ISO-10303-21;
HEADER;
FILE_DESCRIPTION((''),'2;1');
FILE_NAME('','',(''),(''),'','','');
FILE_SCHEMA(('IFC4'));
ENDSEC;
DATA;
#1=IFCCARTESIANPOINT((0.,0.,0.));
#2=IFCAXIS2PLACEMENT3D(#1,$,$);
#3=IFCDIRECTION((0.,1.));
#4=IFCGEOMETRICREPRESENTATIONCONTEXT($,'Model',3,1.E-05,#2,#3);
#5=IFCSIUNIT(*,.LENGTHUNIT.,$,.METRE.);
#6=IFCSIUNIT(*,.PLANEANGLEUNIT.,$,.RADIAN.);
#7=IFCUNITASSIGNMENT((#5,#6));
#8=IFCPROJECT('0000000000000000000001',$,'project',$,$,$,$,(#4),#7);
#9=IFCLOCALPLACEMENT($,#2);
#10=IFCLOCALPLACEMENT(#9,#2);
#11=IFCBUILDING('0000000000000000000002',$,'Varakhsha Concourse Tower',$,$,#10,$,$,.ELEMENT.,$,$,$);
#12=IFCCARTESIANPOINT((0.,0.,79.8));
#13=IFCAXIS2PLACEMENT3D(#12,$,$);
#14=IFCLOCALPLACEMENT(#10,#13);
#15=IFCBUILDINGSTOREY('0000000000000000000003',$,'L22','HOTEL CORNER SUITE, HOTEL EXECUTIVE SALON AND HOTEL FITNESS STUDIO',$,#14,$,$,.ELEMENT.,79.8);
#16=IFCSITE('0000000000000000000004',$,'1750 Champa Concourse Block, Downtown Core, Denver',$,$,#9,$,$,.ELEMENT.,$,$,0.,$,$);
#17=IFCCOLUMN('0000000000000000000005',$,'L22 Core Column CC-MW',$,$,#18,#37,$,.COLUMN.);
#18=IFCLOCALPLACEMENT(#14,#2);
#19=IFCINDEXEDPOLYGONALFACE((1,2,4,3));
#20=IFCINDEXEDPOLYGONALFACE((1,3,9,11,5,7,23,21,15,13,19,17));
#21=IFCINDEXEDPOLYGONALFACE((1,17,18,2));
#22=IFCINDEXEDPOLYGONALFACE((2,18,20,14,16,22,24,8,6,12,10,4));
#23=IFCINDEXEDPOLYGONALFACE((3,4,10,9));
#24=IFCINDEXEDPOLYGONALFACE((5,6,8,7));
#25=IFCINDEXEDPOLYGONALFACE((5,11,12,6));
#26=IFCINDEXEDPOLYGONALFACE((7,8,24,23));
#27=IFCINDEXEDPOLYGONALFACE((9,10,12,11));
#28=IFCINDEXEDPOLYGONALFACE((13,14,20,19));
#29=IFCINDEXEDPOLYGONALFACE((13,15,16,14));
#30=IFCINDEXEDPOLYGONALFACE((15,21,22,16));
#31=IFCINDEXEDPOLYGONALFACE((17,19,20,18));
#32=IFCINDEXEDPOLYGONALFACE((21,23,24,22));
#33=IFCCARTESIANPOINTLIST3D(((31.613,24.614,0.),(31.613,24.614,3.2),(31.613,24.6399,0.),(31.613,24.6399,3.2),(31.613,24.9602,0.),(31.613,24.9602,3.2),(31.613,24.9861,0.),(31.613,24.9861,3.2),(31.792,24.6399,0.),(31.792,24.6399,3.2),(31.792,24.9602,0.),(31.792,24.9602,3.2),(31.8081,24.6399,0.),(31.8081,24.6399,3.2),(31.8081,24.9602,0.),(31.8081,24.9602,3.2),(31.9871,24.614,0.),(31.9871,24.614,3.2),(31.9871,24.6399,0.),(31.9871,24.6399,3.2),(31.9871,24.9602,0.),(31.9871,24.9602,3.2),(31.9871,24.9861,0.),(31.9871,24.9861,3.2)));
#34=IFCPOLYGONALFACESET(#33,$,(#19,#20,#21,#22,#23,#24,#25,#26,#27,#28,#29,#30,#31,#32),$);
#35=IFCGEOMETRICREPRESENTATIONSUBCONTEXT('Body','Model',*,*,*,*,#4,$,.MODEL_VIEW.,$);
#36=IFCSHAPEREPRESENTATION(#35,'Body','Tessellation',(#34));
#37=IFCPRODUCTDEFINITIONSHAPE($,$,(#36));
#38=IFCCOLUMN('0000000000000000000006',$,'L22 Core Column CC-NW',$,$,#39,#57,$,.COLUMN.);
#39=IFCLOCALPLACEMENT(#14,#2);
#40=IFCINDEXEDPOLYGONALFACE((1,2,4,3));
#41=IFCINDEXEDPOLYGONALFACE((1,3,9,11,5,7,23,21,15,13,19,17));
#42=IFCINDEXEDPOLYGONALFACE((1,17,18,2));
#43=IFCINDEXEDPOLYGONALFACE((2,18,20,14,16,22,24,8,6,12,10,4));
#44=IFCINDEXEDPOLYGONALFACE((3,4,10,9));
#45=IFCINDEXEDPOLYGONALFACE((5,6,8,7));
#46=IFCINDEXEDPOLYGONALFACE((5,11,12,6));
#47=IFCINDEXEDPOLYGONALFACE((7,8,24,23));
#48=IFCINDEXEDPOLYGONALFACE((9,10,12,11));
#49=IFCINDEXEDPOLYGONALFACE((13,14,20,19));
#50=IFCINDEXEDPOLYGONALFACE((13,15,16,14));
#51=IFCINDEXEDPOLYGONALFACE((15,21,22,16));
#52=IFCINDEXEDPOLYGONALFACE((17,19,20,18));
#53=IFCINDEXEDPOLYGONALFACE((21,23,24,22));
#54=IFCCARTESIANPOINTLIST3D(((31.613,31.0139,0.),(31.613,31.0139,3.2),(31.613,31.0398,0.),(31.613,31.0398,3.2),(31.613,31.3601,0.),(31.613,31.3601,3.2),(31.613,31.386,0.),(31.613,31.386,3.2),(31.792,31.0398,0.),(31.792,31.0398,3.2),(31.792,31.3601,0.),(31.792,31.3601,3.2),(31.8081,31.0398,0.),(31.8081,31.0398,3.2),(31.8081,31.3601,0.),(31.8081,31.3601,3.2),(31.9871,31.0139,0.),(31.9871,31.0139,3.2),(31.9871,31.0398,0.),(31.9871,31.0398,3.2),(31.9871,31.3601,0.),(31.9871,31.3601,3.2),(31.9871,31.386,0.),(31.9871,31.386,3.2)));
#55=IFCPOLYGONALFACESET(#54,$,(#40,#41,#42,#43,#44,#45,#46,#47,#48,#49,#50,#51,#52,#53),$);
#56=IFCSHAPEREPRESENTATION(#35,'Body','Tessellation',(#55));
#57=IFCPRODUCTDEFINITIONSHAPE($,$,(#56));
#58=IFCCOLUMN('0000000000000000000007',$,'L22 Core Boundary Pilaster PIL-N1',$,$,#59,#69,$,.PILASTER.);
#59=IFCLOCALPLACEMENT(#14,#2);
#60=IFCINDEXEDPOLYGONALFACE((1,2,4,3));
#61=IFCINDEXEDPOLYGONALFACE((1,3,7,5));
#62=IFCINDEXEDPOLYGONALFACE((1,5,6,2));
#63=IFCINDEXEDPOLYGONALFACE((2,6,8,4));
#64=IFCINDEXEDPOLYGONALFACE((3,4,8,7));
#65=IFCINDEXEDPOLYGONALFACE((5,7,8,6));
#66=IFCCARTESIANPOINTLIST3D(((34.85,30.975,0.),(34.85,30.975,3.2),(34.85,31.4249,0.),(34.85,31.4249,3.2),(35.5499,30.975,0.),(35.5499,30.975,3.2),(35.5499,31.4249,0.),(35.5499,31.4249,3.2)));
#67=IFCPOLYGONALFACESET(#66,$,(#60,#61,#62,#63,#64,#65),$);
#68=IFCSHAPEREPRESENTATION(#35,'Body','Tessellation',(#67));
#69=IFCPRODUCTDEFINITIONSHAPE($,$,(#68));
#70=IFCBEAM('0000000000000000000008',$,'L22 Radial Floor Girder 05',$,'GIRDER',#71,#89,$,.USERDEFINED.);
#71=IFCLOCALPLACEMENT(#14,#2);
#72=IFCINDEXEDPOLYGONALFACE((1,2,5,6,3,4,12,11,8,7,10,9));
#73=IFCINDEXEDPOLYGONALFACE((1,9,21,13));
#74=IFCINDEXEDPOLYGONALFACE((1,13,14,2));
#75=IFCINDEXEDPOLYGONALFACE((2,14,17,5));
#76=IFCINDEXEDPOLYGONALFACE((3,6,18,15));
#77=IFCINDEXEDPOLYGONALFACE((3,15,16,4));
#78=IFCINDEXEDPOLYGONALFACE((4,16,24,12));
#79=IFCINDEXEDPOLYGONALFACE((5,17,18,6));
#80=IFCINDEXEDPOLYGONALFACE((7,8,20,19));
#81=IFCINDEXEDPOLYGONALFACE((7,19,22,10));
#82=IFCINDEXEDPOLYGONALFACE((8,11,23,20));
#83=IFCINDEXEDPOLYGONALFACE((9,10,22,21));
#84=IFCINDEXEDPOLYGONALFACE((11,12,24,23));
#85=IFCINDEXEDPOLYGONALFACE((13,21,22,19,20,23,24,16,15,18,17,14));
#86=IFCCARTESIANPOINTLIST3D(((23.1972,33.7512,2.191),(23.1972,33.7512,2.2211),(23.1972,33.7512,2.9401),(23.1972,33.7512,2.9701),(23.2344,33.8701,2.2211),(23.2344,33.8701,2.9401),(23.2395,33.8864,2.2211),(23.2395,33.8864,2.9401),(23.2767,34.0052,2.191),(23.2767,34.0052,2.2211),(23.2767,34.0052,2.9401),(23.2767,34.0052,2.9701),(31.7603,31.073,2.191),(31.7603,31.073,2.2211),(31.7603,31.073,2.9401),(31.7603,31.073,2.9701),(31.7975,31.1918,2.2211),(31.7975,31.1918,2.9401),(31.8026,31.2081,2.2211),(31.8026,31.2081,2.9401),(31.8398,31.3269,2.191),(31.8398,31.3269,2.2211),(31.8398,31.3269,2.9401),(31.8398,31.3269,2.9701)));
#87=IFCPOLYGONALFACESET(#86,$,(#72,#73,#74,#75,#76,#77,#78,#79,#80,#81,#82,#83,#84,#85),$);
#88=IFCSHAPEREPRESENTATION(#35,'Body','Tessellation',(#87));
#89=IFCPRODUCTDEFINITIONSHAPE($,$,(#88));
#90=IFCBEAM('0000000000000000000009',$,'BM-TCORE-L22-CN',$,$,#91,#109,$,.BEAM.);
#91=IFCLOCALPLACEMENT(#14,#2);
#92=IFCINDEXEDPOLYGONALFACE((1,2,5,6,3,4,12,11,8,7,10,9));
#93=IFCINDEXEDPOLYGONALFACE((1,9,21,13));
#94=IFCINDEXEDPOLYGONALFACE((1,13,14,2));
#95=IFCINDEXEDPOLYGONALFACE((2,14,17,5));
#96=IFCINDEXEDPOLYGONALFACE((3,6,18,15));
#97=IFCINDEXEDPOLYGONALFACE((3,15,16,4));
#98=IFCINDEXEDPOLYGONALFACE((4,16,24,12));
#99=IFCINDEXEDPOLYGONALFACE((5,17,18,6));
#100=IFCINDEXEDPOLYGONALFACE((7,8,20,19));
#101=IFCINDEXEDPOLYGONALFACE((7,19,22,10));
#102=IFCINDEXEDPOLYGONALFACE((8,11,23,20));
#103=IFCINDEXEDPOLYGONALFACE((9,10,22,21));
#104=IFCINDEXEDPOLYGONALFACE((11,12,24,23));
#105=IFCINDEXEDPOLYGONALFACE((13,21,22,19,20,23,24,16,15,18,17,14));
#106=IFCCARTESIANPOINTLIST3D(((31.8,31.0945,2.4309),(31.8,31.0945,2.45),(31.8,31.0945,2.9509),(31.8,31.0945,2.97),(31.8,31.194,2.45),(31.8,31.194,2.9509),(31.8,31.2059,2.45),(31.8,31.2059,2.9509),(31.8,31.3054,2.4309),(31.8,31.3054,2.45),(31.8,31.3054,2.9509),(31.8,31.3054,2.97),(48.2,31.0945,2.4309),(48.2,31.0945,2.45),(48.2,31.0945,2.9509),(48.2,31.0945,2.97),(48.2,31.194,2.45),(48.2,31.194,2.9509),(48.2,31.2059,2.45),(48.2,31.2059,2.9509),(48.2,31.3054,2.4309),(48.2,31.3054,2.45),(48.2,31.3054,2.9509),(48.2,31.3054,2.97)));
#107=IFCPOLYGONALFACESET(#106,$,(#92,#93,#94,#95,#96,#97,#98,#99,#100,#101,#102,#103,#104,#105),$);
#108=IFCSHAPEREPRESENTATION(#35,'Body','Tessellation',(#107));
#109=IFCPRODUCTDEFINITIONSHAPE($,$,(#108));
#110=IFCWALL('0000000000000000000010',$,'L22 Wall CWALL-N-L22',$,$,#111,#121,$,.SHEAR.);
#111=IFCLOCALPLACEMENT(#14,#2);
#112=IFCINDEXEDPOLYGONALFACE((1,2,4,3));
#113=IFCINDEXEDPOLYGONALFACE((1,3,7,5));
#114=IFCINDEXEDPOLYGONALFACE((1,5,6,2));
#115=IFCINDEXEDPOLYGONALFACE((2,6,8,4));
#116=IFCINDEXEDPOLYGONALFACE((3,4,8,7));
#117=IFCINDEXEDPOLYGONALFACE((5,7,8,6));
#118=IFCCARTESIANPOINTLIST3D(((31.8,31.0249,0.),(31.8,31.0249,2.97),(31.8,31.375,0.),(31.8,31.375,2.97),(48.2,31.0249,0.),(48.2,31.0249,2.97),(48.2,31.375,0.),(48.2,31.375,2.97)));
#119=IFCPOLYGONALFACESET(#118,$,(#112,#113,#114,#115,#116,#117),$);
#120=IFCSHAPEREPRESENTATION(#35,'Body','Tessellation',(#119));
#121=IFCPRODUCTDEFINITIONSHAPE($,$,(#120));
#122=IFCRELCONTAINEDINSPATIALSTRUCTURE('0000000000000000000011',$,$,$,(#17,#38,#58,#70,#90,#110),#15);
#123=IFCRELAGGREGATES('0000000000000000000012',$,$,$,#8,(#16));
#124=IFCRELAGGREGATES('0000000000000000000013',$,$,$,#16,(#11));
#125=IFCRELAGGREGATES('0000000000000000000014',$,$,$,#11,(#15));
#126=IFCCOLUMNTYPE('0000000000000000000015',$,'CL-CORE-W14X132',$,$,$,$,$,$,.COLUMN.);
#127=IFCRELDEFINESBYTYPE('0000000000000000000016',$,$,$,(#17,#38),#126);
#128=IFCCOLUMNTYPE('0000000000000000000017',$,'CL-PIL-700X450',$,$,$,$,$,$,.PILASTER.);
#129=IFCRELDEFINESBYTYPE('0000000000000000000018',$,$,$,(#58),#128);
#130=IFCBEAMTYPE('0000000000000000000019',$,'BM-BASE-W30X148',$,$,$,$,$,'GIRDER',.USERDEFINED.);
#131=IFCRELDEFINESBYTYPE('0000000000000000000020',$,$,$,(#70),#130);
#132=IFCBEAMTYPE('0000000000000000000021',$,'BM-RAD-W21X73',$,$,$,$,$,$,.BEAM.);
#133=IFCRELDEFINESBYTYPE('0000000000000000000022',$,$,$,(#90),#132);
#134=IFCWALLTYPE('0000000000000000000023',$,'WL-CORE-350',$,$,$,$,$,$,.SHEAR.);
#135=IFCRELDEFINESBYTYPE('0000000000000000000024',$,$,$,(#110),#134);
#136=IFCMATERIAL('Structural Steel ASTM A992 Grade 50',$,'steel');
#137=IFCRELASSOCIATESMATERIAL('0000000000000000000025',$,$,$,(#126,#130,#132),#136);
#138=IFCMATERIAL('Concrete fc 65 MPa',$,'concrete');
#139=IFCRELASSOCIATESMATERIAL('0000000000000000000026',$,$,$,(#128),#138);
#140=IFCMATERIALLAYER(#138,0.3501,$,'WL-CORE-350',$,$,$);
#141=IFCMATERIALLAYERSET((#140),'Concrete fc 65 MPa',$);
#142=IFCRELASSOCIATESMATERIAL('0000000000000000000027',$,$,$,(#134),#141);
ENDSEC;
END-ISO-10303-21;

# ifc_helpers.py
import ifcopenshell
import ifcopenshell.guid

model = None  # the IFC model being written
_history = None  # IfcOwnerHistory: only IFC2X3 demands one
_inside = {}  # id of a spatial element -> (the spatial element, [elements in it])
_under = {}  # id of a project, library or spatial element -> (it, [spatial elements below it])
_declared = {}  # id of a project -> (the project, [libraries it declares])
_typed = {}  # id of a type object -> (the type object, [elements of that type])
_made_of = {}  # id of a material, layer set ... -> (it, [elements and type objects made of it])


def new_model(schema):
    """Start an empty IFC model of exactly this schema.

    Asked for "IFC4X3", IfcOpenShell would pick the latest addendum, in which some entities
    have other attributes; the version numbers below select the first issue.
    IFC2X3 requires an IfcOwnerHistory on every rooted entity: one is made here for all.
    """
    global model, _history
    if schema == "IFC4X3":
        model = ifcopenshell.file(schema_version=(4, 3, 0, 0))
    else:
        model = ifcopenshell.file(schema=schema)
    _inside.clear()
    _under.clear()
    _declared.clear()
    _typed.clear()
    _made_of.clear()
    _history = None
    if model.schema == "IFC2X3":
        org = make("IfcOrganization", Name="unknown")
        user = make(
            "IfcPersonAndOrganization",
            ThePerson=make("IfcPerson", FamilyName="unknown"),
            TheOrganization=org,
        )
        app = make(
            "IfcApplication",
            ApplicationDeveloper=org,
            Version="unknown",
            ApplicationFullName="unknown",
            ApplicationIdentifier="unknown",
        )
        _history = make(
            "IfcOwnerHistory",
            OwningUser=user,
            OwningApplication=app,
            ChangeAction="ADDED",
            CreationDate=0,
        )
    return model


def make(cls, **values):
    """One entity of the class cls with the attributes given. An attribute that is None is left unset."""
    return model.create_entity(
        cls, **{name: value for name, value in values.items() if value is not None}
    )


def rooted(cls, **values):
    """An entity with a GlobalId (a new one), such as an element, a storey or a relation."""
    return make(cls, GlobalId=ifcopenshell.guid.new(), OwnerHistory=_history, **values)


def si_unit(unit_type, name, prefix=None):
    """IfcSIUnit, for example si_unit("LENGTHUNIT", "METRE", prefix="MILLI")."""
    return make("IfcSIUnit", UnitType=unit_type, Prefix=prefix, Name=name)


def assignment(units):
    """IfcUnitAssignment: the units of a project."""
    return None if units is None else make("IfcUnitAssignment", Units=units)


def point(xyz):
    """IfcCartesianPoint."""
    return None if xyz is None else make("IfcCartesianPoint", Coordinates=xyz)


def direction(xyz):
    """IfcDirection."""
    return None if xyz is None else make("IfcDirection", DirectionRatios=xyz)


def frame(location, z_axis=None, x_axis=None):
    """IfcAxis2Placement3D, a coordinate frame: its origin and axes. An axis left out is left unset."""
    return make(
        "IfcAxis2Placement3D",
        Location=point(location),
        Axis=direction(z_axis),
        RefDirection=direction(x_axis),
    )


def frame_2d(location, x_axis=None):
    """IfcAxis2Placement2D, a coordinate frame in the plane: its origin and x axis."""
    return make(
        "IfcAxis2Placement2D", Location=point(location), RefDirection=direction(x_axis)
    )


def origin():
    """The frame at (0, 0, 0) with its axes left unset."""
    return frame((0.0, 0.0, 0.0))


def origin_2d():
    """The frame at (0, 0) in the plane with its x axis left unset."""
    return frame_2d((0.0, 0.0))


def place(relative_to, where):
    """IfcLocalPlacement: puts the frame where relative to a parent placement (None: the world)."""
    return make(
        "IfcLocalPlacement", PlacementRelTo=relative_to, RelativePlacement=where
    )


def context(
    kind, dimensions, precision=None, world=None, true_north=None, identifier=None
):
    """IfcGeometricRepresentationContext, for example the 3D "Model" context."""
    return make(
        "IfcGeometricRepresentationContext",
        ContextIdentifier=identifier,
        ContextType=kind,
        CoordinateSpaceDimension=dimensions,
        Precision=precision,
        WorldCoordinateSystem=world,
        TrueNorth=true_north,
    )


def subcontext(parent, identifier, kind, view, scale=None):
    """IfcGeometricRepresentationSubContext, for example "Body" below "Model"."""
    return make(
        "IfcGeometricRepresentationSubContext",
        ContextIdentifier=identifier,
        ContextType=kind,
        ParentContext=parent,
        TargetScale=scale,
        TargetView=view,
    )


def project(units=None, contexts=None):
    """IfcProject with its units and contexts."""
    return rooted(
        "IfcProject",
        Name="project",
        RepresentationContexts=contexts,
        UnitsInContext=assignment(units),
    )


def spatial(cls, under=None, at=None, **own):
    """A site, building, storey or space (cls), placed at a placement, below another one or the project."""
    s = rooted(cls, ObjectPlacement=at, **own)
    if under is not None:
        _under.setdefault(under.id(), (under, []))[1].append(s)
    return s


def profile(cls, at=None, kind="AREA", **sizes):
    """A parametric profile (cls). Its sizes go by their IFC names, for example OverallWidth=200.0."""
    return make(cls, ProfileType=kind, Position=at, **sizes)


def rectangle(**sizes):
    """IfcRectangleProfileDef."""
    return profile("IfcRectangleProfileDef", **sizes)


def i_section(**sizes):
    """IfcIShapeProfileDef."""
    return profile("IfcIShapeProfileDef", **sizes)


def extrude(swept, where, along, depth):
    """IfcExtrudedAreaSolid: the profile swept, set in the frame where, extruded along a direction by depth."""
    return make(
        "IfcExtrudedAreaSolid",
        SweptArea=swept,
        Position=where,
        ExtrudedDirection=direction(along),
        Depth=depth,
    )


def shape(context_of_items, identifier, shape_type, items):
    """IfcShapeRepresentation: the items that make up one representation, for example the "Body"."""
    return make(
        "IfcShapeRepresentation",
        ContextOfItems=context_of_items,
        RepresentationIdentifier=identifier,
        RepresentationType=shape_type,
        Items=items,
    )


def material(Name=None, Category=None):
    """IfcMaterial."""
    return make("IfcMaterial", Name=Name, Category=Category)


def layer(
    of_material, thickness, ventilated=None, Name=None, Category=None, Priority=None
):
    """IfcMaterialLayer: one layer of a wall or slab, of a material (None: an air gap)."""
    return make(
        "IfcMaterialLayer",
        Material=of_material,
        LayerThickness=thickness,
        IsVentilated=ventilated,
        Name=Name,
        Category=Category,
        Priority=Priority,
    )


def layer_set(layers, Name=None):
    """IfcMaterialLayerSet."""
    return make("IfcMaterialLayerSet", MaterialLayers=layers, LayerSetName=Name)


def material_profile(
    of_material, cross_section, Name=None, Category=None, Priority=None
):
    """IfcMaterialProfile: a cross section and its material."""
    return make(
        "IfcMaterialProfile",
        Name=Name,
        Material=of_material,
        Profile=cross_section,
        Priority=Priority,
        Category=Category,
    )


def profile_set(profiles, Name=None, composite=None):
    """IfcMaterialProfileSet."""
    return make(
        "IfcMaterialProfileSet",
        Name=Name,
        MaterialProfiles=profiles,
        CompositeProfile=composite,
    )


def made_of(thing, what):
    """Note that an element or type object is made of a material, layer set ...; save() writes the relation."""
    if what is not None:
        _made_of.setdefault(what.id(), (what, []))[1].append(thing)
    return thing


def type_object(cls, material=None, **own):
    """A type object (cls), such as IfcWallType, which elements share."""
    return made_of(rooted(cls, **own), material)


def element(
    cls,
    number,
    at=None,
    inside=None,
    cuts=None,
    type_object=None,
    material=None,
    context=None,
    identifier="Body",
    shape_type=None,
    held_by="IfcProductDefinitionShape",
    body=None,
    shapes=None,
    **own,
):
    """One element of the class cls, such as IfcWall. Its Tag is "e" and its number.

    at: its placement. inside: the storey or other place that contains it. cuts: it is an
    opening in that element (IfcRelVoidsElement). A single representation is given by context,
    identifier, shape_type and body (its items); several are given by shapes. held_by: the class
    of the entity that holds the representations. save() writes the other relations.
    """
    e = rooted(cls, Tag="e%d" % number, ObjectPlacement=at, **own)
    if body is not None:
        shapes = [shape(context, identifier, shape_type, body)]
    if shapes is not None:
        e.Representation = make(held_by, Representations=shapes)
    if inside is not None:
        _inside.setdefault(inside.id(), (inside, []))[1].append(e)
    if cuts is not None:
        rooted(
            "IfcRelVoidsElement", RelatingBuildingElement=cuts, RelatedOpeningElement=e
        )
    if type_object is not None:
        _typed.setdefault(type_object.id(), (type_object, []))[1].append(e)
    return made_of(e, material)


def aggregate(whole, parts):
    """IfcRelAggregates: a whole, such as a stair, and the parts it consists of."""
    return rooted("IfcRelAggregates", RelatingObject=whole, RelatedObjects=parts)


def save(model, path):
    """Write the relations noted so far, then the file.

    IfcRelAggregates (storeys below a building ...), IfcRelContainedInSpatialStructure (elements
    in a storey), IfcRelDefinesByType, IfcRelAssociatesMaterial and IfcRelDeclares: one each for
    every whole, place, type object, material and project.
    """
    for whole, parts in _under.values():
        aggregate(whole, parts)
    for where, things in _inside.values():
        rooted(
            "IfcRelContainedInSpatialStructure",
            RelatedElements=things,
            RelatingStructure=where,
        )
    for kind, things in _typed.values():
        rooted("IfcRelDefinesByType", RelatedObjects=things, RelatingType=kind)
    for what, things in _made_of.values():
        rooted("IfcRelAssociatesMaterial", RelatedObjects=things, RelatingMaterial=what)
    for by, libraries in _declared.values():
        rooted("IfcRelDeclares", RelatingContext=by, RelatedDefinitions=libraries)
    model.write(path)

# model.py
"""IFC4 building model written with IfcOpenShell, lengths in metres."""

from ifc_helpers import new_model, si_unit, direction, frame, frame_2d, origin, origin_2d, place, context, subcontext, project, spatial, rectangle, i_section, extrude, material, layer, layer_set, material_profile, profile_set, type_object, element, save


model = new_model("IFC4")

# Units and contexts
model_context = context("Model", 3, precision=1e-05, world=origin(), true_north=direction((0.0, 1.0)))
body_context = subcontext(model_context, "Body", "Model", "MODEL_VIEW")
ifc_project = project(units=[si_unit("LENGTHUNIT", "METRE"), si_unit("PLANEANGLEUNIT", "RADIAN")], contexts=[model_context])

# Site, building, storey
site_placement = place(None, origin())
site = spatial("IfcSite", under=ifc_project, at=site_placement, Name="1750 Champa Concourse Block, Downtown Core, Denver", CompositionType="ELEMENT", RefElevation=0.0)
building_placement = place(site_placement, origin())
building = spatial("IfcBuilding", under=site, at=building_placement, Name="Varakhsha Concourse Tower", CompositionType="ELEMENT")
storey_placement = place(building_placement, frame((0.0, 0.0, 79.8)))
storey = spatial("IfcBuildingStorey", under=building, at=storey_placement, Name="L22", Description="HOTEL CORNER SUITE, HOTEL EXECUTIVE SALON AND HOTEL FITNESS STUDIO", CompositionType="ELEMENT", Elevation=79.8)

# Columns
ifc_material_1 = material(Name="Structural Steel ASTM A992 Grade 50", Category="steel")
ifc_material_profile_1 = material_profile(ifc_material_1, i_section(OverallWidth=0.374, OverallDepth=0.3721, WebThickness=0.0161, FlangeThickness=0.0259, at=origin_2d()), Name="W14X132")
ifc_profile_set_1 = profile_set([ifc_material_profile_1], Name="Structural Steel ASTM A992 Grade 50")
column_type_1 = type_object("IfcColumnType", Name="CL-CORE-W14X132", PredefinedType="COLUMN", material=ifc_profile_set_1)
for number, where, z_axis, x_axis, name in (
    (1, (31.8, 24.8, 0.0), (0.0, 0.0, 1.0), (1.0, 0.0, 0.0), "L22 Core Column CC-MW"),
    (2, (31.8, 31.2, 0.0), (0.0, 0.0, 1.0), (1.0, 0.0, 0.0), "L22 Core Column CC-NW"),
):
    element("IfcColumn", number, at=place(storey_placement, frame(where, z_axis=z_axis, x_axis=x_axis)), inside=storey, type_object=column_type_1, Name=name, PredefinedType="COLUMN", context=body_context, shape_type="SweptSolid", body=[
        extrude(i_section(OverallWidth=0.374, OverallDepth=0.3721, WebThickness=0.0161, FlangeThickness=0.0259, at=origin_2d()), origin(), (0.0, 0.0, 1.0), 3.2),
    ])
ifc_material_2 = material(Name="Concrete fc 65 MPa", Category="concrete")
ifc_material_profile_2 = material_profile(ifc_material_2, rectangle(XDim=0.7, YDim=0.45, at=origin_2d()), Name="RC 700x450")
ifc_profile_set_2 = profile_set([ifc_material_profile_2], Name="Concrete fc 65 MPa")
column_type_2 = type_object("IfcColumnType", Name="CL-PIL-700X450", PredefinedType="PILASTER", material=ifc_profile_set_2)
column_placement = place(storey_placement, frame((35.2, 31.2, 0.0), z_axis=(0.0, 0.0, 1.0), x_axis=(1.0, 0.0, 0.0)))
element("IfcColumn", 3, at=column_placement, inside=storey, type_object=column_type_2, Name="L22 Core Boundary Pilaster PIL-N1", PredefinedType="PILASTER", context=body_context, shape_type="SweptSolid", body=[
    extrude(rectangle(XDim=0.7, YDim=0.45, at=origin_2d()), origin(), (0.0, 0.0, 1.0), 3.2),
])

# Beams
ifc_material_profile_3 = material_profile(ifc_material_1, i_section(OverallWidth=0.2661, OverallDepth=0.7791, WebThickness=0.0171, FlangeThickness=0.03, at=origin_2d()), Name="W30X148")
ifc_profile_set_3 = profile_set([ifc_material_profile_3], Name="Structural Steel ASTM A992 Grade 50")
beam_type_1 = type_object("IfcBeamType", Name="BM-BASE-W30X148", ElementType="GIRDER", PredefinedType="USERDEFINED", material=ifc_profile_set_3)
beam_1_placement = place(storey_placement, frame((31.8, 31.2, 2.5806), z_axis=(-0.954407, 0.298507, 0.0), x_axis=(-0.298507, -0.954407, 0.0)))
element("IfcBeam", 4, at=beam_1_placement, inside=storey, type_object=beam_type_1, Name="L22 Radial Floor Girder 05", ObjectType="GIRDER", PredefinedType="USERDEFINED", context=body_context, shape_type="SweptSolid", body=[
    extrude(i_section(OverallWidth=0.2661, OverallDepth=0.7791, WebThickness=0.0171, FlangeThickness=0.03, at=origin_2d()), origin(), (0.0, 0.0, 1.0), 8.9722),
])
ifc_material_profile_4 = material_profile(ifc_material_1, i_section(OverallWidth=0.2109, OverallDepth=0.5391, WebThickness=0.012, FlangeThickness=0.019, at=origin_2d()), Name="W21X73")
ifc_profile_set_4 = profile_set([ifc_material_profile_4], Name="Structural Steel ASTM A992 Grade 50")
beam_type_2 = type_object("IfcBeamType", Name="BM-RAD-W21X73", PredefinedType="BEAM", material=ifc_profile_set_4)
beam_2_placement = place(storey_placement, frame((31.8, 31.2, 2.7004), z_axis=(1.0, 0.0, 0.0), x_axis=(0.0, 1.0, 0.0)))
element("IfcBeam", 5, at=beam_2_placement, inside=storey, type_object=beam_type_2, Name="BM-TCORE-L22-CN", PredefinedType="BEAM", context=body_context, shape_type="SweptSolid", body=[
    extrude(i_section(OverallWidth=0.2109, OverallDepth=0.5391, WebThickness=0.012, FlangeThickness=0.019, at=origin_2d()), origin(), (0.0, 0.0, 1.0), 16.3999),
])

# Wall
ifc_layer_1 = layer(ifc_material_2, 0.3501, Name="WL-CORE-350")
ifc_layer_set_1 = layer_set([ifc_layer_1], Name="Concrete fc 65 MPa")
wall_type_1 = type_object("IfcWallType", Name="WL-CORE-350", PredefinedType="SHEAR", material=ifc_layer_set_1)
wall_1_placement = place(storey_placement, frame((31.8, 31.2, 0.0), z_axis=(0.0, 0.0, 1.0), x_axis=(1.0, 0.0, 0.0)))
element("IfcWall", 6, at=wall_1_placement, inside=storey, type_object=wall_type_1, Name="L22 Wall CWALL-N-L22", PredefinedType="SHEAR", context=body_context, shape_type="SweptSolid", body=[
    extrude(rectangle(XDim=16.3999, YDim=0.3501, at=frame_2d((8.2, 0.0))), origin(), (0.0, 0.0, 1.0), 2.97),
])

save(model, "model.ifc")
